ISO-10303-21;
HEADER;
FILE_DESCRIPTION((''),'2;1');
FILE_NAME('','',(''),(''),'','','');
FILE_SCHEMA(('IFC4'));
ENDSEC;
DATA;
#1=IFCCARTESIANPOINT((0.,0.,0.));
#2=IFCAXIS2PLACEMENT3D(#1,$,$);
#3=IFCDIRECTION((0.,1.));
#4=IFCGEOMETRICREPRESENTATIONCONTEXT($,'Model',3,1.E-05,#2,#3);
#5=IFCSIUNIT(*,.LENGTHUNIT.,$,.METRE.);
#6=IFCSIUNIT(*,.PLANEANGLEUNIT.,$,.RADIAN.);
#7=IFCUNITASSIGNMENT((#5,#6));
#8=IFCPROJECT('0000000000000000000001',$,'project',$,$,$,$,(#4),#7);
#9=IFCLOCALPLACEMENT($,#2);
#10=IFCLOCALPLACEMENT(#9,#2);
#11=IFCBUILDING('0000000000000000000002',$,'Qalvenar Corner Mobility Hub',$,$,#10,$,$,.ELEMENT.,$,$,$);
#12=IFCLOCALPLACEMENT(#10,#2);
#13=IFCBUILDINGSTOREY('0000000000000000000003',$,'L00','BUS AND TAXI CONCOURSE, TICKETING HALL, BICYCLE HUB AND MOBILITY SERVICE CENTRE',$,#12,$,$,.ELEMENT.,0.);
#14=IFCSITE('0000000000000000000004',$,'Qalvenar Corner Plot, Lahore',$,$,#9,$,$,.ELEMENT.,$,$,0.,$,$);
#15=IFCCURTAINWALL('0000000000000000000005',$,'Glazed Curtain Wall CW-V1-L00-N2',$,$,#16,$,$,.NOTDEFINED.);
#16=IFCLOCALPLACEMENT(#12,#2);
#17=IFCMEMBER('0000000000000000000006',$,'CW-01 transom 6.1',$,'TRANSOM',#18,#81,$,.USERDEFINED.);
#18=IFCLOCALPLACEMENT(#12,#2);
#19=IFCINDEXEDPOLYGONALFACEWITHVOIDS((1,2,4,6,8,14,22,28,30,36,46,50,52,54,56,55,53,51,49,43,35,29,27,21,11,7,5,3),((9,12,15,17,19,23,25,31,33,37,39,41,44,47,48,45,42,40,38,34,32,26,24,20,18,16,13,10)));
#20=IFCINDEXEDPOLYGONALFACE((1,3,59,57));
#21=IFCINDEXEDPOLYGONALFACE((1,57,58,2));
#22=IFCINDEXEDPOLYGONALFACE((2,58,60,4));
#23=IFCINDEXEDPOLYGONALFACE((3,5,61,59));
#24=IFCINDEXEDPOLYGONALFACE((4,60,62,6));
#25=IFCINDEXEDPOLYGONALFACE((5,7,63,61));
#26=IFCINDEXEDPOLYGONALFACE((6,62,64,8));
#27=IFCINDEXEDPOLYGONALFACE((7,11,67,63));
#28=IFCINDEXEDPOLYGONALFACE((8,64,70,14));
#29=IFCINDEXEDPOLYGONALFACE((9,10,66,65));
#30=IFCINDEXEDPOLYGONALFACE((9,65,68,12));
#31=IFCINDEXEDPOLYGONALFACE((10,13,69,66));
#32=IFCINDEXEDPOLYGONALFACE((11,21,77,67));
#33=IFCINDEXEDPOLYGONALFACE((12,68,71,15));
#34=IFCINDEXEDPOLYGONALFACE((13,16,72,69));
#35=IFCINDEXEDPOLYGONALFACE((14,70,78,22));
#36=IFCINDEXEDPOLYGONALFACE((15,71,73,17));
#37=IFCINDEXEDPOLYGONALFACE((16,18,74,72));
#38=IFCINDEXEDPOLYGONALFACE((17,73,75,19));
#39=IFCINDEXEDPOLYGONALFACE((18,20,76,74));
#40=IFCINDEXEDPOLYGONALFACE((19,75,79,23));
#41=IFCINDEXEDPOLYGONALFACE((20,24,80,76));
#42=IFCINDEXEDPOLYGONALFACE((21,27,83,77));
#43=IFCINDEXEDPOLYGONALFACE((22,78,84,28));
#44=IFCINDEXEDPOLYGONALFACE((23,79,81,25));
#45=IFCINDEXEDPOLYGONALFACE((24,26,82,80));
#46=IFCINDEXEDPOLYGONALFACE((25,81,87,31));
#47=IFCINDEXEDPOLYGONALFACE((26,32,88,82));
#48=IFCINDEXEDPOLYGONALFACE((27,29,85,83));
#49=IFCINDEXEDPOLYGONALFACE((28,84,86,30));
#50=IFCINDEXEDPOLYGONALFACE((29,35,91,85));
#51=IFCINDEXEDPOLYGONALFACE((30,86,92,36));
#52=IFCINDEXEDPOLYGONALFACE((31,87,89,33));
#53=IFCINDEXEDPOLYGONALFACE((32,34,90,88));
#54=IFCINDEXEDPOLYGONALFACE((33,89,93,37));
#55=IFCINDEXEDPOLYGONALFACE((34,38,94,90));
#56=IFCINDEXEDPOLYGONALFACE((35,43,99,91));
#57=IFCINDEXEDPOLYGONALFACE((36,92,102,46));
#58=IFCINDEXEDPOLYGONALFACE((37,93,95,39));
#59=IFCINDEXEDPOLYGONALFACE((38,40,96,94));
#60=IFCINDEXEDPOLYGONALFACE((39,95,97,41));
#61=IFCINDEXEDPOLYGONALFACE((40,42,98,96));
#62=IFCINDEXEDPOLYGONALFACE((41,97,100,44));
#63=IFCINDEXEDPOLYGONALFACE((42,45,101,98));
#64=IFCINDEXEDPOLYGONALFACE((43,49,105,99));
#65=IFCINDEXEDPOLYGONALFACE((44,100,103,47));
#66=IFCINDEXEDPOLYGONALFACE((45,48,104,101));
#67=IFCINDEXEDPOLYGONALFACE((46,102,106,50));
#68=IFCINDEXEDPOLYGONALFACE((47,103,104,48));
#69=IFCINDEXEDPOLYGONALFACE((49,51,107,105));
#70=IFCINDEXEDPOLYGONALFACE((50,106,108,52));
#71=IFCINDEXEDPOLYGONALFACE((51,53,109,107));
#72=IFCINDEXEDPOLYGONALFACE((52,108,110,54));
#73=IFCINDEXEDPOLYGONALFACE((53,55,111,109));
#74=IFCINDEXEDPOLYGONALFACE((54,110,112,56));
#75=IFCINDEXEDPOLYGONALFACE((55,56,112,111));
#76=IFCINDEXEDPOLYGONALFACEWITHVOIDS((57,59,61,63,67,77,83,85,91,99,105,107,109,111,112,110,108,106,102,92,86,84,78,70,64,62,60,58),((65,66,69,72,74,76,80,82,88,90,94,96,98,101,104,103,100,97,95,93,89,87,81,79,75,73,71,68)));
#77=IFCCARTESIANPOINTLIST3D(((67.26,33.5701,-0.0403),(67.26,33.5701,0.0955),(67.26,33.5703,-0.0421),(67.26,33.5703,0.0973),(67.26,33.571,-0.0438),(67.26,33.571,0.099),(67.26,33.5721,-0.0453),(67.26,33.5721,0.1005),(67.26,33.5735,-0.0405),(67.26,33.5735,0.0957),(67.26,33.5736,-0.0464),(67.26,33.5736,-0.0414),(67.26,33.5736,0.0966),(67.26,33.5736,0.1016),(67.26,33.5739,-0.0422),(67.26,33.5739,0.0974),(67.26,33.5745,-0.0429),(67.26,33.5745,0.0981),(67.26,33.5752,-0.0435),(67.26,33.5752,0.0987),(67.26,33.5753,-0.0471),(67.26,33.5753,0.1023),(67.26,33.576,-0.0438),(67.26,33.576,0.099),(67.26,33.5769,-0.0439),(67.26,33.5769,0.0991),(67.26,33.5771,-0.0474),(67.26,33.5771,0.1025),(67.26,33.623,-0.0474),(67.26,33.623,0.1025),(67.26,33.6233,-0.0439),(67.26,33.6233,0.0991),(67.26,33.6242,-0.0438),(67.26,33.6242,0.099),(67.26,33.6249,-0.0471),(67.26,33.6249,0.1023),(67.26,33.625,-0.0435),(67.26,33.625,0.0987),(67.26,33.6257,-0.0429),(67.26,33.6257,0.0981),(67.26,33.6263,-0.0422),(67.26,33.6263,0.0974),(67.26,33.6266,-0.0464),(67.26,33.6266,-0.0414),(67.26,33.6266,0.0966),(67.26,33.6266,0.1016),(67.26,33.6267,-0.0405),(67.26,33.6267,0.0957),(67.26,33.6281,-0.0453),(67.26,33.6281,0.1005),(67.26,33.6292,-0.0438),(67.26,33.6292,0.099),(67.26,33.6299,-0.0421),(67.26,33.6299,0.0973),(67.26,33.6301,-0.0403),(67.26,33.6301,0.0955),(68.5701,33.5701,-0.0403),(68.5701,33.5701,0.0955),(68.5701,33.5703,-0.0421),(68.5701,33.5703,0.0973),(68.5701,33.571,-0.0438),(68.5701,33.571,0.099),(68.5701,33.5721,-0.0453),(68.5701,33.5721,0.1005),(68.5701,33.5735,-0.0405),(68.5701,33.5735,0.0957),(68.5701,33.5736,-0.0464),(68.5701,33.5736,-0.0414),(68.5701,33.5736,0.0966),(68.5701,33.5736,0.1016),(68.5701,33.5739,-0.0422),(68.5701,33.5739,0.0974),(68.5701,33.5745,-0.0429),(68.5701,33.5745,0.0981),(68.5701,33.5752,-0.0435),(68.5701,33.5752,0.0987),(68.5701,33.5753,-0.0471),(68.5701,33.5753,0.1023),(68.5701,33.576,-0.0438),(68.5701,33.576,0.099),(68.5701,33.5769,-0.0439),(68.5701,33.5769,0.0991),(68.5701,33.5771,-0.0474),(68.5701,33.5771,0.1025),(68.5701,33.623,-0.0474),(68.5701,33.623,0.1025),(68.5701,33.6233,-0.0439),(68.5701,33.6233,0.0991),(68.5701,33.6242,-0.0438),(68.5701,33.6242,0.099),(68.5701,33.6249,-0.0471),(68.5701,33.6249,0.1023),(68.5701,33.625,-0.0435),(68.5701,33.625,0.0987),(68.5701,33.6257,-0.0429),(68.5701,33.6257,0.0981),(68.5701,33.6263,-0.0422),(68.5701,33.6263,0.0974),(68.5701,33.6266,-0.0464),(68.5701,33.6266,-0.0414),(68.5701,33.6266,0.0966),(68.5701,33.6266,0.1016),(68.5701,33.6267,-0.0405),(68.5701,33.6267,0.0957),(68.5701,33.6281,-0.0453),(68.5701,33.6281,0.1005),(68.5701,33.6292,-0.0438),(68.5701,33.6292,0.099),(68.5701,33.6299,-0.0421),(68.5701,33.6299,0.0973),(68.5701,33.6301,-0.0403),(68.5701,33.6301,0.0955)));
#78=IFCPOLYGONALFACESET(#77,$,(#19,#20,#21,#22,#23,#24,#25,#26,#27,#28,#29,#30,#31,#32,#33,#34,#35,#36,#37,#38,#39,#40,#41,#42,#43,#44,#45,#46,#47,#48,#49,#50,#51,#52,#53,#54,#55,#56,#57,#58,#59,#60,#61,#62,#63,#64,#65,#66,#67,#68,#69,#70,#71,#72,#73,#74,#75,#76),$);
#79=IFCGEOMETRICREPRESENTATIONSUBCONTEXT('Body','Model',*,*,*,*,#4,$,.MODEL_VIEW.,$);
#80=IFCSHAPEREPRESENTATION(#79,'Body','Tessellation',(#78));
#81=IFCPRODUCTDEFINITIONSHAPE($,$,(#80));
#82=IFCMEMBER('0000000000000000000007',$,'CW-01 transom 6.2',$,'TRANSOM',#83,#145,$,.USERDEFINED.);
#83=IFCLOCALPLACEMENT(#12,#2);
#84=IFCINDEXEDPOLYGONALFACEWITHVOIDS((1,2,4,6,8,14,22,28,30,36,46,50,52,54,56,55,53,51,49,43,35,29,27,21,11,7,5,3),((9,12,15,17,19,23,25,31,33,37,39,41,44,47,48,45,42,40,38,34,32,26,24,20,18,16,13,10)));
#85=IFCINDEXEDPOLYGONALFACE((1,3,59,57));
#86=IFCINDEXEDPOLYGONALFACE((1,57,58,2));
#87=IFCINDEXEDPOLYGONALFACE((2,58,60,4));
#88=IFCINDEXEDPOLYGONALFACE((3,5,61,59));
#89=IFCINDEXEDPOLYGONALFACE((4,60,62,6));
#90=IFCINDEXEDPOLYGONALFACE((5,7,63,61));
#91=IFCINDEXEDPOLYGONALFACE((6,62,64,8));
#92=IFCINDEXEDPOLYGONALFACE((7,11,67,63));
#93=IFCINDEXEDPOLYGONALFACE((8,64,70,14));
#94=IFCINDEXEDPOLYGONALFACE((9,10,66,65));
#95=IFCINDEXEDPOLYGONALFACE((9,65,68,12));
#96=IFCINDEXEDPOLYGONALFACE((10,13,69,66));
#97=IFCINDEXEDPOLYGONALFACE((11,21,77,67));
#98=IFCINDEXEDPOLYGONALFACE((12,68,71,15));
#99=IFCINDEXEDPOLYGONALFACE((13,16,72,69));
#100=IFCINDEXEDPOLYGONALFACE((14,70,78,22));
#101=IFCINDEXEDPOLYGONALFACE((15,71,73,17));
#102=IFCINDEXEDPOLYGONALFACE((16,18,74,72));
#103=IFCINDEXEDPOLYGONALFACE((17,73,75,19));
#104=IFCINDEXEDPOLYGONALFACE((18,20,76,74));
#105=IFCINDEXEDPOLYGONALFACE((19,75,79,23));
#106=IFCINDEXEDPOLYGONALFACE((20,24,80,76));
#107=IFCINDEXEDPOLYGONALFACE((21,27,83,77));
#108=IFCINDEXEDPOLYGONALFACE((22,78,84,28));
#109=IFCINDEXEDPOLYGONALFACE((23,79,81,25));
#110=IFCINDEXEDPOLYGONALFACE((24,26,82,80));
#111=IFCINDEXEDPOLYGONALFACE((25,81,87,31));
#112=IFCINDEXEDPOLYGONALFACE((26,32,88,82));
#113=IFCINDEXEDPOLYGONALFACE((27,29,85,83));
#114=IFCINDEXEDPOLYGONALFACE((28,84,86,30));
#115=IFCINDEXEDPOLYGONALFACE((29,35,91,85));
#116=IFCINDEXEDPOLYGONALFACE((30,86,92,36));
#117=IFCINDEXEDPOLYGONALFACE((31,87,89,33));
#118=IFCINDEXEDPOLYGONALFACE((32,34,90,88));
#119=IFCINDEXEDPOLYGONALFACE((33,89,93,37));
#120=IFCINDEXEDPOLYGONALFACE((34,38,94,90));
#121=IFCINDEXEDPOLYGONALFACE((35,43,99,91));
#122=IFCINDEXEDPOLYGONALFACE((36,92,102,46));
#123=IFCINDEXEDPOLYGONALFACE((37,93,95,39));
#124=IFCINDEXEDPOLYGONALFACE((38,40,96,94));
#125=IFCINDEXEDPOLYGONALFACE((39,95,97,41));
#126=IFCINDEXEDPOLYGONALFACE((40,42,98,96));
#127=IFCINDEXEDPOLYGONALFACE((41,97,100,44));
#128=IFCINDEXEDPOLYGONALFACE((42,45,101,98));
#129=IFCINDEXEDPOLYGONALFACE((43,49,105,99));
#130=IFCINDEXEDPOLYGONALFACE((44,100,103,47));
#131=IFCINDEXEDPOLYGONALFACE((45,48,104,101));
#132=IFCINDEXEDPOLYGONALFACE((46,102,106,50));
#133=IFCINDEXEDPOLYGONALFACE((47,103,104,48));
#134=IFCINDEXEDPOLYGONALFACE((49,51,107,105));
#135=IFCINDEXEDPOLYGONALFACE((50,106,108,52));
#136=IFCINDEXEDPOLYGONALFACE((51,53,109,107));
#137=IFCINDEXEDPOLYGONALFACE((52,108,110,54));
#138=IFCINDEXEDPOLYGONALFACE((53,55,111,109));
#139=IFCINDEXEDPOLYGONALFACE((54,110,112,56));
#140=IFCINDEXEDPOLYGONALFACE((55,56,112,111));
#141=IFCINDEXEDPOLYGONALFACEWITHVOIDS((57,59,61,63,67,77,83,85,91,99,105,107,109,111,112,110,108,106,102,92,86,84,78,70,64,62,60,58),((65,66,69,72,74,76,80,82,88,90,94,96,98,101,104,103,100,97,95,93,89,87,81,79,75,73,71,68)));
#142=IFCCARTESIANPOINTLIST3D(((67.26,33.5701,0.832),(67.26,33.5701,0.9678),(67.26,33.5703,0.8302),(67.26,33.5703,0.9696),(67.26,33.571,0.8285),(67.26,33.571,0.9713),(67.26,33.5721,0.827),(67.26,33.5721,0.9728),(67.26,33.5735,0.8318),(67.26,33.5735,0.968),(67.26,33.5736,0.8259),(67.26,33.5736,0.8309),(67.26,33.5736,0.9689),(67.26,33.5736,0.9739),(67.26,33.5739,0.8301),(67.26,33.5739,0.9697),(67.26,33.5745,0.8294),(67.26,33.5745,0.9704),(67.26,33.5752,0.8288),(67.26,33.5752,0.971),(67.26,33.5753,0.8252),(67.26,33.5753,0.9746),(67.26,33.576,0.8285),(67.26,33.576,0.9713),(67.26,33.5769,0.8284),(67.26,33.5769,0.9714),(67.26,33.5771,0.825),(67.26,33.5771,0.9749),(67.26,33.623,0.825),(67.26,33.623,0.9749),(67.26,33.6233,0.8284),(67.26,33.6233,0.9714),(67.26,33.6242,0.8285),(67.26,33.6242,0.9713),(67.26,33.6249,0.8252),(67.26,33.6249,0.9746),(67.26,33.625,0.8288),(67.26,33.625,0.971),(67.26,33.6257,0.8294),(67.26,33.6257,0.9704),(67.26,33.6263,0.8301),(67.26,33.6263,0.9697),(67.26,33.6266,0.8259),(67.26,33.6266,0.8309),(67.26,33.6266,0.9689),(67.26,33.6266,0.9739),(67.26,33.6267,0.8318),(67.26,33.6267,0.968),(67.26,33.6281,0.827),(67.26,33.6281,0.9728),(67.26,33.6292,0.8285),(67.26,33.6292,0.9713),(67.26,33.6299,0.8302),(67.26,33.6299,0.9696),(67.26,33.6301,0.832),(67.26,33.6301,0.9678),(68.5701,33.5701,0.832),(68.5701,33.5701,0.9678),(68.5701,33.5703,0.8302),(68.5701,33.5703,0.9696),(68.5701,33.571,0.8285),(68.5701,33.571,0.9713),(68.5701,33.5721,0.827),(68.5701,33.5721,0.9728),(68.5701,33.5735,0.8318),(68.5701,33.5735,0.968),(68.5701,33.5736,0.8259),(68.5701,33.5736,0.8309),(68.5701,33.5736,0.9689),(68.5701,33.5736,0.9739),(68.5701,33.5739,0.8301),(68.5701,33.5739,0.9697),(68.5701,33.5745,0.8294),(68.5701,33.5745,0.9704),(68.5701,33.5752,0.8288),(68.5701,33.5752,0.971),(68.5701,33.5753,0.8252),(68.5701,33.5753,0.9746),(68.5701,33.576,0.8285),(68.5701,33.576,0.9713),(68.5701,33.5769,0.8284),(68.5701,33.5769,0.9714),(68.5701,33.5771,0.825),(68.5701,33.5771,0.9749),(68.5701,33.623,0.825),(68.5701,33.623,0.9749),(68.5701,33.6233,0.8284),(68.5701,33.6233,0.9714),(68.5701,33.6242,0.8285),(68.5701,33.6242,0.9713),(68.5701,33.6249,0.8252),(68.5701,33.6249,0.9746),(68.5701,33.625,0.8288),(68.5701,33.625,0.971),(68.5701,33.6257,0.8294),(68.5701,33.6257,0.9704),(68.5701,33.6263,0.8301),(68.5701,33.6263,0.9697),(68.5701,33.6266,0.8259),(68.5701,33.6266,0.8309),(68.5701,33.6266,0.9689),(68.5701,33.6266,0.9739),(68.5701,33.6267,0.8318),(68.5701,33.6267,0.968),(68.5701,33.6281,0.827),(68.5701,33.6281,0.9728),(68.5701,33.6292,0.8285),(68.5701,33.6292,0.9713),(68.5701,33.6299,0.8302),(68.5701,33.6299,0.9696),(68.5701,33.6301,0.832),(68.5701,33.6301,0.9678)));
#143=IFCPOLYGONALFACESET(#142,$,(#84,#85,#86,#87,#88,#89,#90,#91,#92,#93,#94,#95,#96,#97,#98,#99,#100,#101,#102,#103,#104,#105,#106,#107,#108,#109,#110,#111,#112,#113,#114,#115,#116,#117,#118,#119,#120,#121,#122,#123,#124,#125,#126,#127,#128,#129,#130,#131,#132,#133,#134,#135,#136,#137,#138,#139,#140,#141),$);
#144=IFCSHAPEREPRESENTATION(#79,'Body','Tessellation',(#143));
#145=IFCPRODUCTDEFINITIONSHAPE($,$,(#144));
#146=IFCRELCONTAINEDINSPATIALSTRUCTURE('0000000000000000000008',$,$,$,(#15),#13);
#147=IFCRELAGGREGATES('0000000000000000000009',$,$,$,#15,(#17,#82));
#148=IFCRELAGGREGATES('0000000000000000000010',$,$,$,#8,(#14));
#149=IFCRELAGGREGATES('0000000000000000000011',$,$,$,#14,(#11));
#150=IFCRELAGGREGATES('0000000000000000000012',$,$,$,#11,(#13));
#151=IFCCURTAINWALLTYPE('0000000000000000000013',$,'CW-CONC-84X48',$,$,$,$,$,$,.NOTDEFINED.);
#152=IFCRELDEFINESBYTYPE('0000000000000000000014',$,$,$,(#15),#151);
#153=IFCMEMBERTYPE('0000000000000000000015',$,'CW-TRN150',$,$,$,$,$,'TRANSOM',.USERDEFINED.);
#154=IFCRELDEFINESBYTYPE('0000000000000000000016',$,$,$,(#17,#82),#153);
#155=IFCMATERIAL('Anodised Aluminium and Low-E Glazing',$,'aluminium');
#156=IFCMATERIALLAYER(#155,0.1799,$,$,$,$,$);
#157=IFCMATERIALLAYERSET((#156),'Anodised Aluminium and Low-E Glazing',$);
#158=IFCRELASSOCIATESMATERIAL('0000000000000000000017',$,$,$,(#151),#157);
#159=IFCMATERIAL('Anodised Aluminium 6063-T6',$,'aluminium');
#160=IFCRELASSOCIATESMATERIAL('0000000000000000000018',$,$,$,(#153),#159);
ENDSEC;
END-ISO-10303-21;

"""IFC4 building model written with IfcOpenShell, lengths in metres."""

from ifc_helpers import new_model, si_unit, direction, frame, origin, origin_2d, place, context, subcontext, project, spatial, hollow_rectangle, extrude, material, layer, layer_set, material_profile, profile_set, type_object, element, aggregate, save


model = new_model("IFC4")

# Units and contexts
model_context = context("Model", 3, precision=1e-05, world=origin(), true_north=direction((0.0, 1.0)))
body_context = subcontext(model_context, "Body", "Model", "MODEL_VIEW")
ifc_project = project(units=[si_unit("LENGTHUNIT", "METRE"), si_unit("PLANEANGLEUNIT", "RADIAN")], contexts=[model_context])

# Site, building, storey
site_placement = place(None, origin())
site = spatial("IfcSite", under=ifc_project, at=site_placement, Name="Qalvenar Corner Plot, Lahore", CompositionType="ELEMENT", RefElevation=0.0)
building_placement = place(site_placement, origin())
building = spatial("IfcBuilding", under=site, at=building_placement, Name="Qalvenar Corner Mobility Hub", CompositionType="ELEMENT")
storey_placement = place(building_placement, origin())
storey = spatial("IfcBuildingStorey", under=building, at=storey_placement, Name="L00", Description="BUS AND TAXI CONCOURSE, TICKETING HALL, BICYCLE HUB AND MOBILITY SERVICE CENTRE", CompositionType="ELEMENT", Elevation=0.0)

# Curtain wall, members
ifc_material_1 = material(Name="Anodised Aluminium and Low-E Glazing", Category="aluminium")
ifc_layer_1 = layer(ifc_material_1, 0.1799)
ifc_layer_set_1 = layer_set([ifc_layer_1], Name="Anodised Aluminium and Low-E Glazing")
curtain_wall_type = type_object("IfcCurtainWallType", Name="CW-CONC-84X48", PredefinedType="NOTDEFINED", material=ifc_layer_set_1)
curtain_wall_placement = place(storey_placement, origin())
curtain_wall = element("IfcCurtainWall", 1, at=curtain_wall_placement, inside=storey, type_object=curtain_wall_type, Name="Glazed Curtain Wall CW-V1-L00-N2", PredefinedType="NOTDEFINED")
ifc_material_2 = material(Name="Anodised Aluminium 6063-T6", Category="aluminium")
ifc_material_profile_1 = material_profile(ifc_material_2, hollow_rectangle(XDim=0.0601, YDim=0.1499, WallThickness=0.0034, InnerFilletRadius=0.0034, OuterFilletRadius=0.0071, at=origin_2d()), Name="RHS150x60x3.5")
ifc_profile_set_1 = profile_set([ifc_material_profile_1], Name="Anodised Aluminium 6063-T6")
member_type_1 = type_object("IfcMemberType", Name="CW-TRN150", ElementType="TRANSOM", PredefinedType="USERDEFINED", material=ifc_profile_set_1)
member_1_placement = place(storey_placement, frame((68.5701, 33.6001, 0.0276), z_axis=(-1.0, 0.0, 0.0), x_axis=(0.0, -1.0, 0.0)))
member_1 = element("IfcMember", 2, at=member_1_placement, type_object=member_type_1, Name="CW-01 transom 6.1", ObjectType="TRANSOM", PredefinedType="USERDEFINED", context=body_context, shape_type="SweptSolid", body=[
    extrude(hollow_rectangle(XDim=0.0601, YDim=0.1499, WallThickness=0.0034, InnerFilletRadius=0.0034, OuterFilletRadius=0.0071, at=origin_2d()), origin(), (0.0, 0.0, 1.0), 1.3101),
])
member_2_placement = place(storey_placement, frame((68.5701, 33.6001, 0.8999), z_axis=(-1.0, 0.0, 0.0), x_axis=(0.0, -1.0, 0.0)))
member_2 = element("IfcMember", 3, at=member_2_placement, type_object=member_type_1, Name="CW-01 transom 6.2", ObjectType="TRANSOM", PredefinedType="USERDEFINED", context=body_context, shape_type="SweptSolid", body=[
    extrude(hollow_rectangle(XDim=0.0601, YDim=0.1499, WallThickness=0.0034, InnerFilletRadius=0.0034, OuterFilletRadius=0.0071, at=origin_2d()), origin(), (0.0, 0.0, 1.0), 1.3101),
])
aggregate(curtain_wall, [member_1, member_2])

save(model, "model.ifc")
